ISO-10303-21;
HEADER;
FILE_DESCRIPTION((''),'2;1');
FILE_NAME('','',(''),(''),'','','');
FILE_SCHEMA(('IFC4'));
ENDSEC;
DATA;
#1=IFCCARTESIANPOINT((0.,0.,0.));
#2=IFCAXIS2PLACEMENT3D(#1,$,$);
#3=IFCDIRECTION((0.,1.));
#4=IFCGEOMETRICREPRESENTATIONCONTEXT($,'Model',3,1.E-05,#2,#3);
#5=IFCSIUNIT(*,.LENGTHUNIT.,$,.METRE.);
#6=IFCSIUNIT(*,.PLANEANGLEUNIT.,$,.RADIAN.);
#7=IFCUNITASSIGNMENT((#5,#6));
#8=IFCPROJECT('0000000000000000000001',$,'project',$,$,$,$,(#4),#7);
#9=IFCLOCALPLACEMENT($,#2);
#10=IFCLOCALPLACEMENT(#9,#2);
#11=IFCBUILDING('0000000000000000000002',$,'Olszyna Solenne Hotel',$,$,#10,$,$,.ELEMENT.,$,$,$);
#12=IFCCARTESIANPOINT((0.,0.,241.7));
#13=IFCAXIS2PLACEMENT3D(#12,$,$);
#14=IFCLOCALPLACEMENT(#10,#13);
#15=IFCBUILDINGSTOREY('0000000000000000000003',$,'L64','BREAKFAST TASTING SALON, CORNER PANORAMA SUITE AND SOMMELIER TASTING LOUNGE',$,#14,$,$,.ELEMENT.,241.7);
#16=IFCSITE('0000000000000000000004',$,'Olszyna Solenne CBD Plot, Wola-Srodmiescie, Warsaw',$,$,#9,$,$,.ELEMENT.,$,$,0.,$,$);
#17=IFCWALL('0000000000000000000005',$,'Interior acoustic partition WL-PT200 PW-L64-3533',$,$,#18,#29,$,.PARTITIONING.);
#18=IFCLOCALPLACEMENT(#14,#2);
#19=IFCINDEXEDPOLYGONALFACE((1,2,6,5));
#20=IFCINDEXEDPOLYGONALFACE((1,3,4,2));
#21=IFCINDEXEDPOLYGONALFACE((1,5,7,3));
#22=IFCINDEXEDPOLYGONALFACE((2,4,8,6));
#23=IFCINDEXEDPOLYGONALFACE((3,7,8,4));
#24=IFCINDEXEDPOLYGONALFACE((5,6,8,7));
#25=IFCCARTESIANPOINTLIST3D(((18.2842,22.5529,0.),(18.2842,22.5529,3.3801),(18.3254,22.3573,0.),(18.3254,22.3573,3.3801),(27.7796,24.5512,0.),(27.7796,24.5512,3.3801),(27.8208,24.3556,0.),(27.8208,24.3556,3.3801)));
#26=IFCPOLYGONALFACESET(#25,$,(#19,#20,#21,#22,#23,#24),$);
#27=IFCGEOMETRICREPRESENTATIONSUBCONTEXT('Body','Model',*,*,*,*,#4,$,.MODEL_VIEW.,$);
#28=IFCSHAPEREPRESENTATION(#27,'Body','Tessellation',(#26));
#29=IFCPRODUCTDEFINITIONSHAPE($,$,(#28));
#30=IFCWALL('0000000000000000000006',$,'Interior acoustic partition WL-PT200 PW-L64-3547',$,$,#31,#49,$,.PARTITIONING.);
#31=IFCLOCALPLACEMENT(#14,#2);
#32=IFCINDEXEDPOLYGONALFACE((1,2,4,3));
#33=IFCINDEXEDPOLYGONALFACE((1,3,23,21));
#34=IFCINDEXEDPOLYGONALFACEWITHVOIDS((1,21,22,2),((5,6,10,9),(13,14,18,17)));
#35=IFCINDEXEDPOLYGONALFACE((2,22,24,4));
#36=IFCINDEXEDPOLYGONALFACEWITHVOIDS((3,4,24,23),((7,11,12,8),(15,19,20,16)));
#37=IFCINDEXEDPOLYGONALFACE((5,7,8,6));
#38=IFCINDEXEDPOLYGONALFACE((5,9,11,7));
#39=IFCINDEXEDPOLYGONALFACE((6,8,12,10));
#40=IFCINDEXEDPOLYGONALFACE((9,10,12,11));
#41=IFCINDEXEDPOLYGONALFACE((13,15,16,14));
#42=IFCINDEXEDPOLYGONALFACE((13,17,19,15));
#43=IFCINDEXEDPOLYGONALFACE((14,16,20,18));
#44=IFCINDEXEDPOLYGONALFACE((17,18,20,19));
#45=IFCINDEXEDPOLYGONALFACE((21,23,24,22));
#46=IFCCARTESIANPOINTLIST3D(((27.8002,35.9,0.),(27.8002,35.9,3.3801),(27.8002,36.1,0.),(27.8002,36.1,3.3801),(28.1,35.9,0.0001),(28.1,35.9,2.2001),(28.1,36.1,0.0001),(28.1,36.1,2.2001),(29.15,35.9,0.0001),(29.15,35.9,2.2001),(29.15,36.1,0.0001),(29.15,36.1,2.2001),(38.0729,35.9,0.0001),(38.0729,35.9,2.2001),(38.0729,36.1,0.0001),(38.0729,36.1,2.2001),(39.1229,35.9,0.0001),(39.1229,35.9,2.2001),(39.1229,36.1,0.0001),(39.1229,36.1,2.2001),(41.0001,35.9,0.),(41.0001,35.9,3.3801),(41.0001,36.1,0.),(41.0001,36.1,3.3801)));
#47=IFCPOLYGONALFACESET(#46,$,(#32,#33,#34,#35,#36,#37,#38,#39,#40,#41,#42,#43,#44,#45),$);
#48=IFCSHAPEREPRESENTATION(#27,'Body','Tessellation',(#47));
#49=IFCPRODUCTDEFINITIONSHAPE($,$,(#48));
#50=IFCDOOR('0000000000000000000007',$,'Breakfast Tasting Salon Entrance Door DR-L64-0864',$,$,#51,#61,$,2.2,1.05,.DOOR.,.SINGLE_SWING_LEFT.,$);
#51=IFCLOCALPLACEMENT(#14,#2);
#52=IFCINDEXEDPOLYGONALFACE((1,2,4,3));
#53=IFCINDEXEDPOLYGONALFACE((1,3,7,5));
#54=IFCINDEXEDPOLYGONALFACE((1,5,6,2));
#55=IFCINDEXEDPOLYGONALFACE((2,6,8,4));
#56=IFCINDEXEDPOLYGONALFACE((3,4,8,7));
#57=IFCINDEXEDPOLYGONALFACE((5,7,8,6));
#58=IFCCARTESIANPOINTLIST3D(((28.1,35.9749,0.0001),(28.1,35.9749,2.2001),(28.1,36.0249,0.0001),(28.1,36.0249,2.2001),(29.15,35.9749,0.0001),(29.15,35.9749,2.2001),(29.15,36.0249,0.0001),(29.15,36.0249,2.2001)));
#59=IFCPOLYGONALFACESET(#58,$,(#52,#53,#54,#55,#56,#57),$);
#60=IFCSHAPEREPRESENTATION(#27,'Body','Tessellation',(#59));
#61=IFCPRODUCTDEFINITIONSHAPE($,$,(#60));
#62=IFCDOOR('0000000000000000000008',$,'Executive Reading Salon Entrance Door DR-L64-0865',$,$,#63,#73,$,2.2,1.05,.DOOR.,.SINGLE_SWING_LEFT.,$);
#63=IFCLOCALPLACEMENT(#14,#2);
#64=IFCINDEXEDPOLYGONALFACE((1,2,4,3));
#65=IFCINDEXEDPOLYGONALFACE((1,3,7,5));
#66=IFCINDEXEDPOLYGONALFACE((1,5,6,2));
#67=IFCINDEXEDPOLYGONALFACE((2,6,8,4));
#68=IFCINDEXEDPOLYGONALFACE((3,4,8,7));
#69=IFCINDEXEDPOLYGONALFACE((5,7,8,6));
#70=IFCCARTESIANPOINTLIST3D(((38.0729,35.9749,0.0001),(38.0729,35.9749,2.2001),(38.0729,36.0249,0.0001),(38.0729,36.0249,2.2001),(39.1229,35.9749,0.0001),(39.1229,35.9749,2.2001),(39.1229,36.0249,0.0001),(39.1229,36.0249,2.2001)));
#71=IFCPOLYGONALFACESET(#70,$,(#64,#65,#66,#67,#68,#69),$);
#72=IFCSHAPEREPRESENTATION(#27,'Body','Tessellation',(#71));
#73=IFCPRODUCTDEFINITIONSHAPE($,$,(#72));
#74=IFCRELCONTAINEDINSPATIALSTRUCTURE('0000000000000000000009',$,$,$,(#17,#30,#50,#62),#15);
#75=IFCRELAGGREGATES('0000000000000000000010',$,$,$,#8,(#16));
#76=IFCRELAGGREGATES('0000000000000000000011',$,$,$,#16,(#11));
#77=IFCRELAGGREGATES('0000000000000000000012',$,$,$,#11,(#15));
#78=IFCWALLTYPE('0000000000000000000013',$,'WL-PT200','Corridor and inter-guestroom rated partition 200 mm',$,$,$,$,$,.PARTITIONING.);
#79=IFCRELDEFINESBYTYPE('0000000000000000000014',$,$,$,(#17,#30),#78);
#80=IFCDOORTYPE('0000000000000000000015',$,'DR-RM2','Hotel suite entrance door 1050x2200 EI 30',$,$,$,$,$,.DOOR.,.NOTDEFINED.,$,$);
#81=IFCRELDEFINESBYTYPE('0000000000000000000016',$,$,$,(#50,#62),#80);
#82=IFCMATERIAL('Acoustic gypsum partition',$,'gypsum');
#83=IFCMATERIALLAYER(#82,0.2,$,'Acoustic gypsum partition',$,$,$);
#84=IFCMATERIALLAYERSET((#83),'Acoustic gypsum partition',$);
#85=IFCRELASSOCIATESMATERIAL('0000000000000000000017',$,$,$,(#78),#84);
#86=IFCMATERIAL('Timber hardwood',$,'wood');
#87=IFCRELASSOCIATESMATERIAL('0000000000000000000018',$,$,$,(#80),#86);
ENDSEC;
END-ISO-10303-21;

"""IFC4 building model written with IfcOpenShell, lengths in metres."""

from ifc_helpers import new_model, si_unit, direction, frame, frame_2d, origin, place, context, subcontext, project, spatial, rectangle, extrude, source, transform, mapped, material, layer, layer_set, type_object, type_shapes, element, fill, save


model = new_model("IFC4")

# Units and contexts
model_context = context("Model", 3, precision=1e-05, world=origin(), true_north=direction((0.0, 1.0)))
body_context = subcontext(model_context, "Body", "Model", "MODEL_VIEW")
ifc_project = project(units=[si_unit("LENGTHUNIT", "METRE"), si_unit("PLANEANGLEUNIT", "RADIAN")], contexts=[model_context])

# Site, building, storey
site_placement = place(None, origin())
site = spatial("IfcSite", under=ifc_project, at=site_placement, Name="Olszyna Solenne CBD Plot, Wola-Srodmiescie, Warsaw", CompositionType="ELEMENT", RefElevation=0.0)
building_placement = place(site_placement, origin())
building = spatial("IfcBuilding", under=site, at=building_placement, Name="Olszyna Solenne Hotel", CompositionType="ELEMENT")
storey_placement = place(building_placement, frame((0.0, 0.0, 241.7)))
storey = spatial("IfcBuildingStorey", under=building, at=storey_placement, Name="L64", Description="BREAKFAST TASTING SALON, CORNER PANORAMA SUITE AND SOMMELIER TASTING LOUNGE", CompositionType="ELEMENT", Elevation=241.7)

# Wall
ifc_material_1 = material(Name="Acoustic gypsum partition", Category="gypsum")
ifc_layer_1 = layer(ifc_material_1, 0.2, Name="Acoustic gypsum partition")
ifc_layer_set_1 = layer_set([ifc_layer_1], Name="Acoustic gypsum partition")
wall_type_1 = type_object("IfcWallType", Name="WL-PT200", Description="Corridor and inter-guestroom rated partition 200 mm", PredefinedType="PARTITIONING", material=ifc_layer_set_1)
wall_1_placement = place(storey_placement, frame((27.8, 24.4534, 0.0), z_axis=(0.0, 0.0, 1.0), x_axis=(-0.978565, -0.205938, 0.0)))
element("IfcWall", 1, at=wall_1_placement, inside=storey, type_object=wall_type_1, Name="Interior acoustic partition WL-PT200 PW-L64-3533", PredefinedType="PARTITIONING", context=body_context, shape_type="SweptSolid", body=[
    extrude(rectangle(XDim=9.7034, YDim=0.2, at=frame_2d((4.8516, 0.0))), origin(), (0.0, 0.0, 1.0), 3.3801),
])

# Wall, openings, doors
wall_2_placement = place(storey_placement, frame((27.8, 36.0, 0.0), z_axis=(0.0, 0.0, 1.0), x_axis=(1.0, 0.0, 0.0)))
wall_2 = element("IfcWall", 2, at=wall_2_placement, inside=storey, type_object=wall_type_1, Name="Interior acoustic partition WL-PT200 PW-L64-3547", PredefinedType="PARTITIONING", context=body_context, shape_type="SweptSolid", body=[
    extrude(rectangle(XDim=13.2, YDim=0.2, at=frame_2d((6.6001, 0.0))), origin(), (0.0, 0.0, 1.0), 3.3801),
])
opening_1_placement = place(wall_2_placement, frame((0.3, 0.0, 0.0)))
opening_1 = element("IfcOpeningElement", 3, at=opening_1_placement, cuts=wall_2, PredefinedType="OPENING", context=body_context, shape_type="SweptSolid", body=[
    extrude(rectangle(XDim=1.05, YDim=2.2, at=frame_2d((0.5249, 1.1001))), frame((0.0, 0.1099, 0.0), z_axis=(0.0, -1.0, 0.0), x_axis=(1.0, 0.0, 0.0)), (0.0, 0.0, 1.0), 0.22),
])
opening_2_placement = place(wall_2_placement, frame((10.2729, 0.0, 0.0)))
opening_2 = element("IfcOpeningElement", 4, at=opening_2_placement, cuts=wall_2, PredefinedType="OPENING", context=body_context, shape_type="SweptSolid", body=[
    extrude(rectangle(XDim=1.05, YDim=2.2, at=frame_2d((0.5249, 1.1001))), frame((0.0, 0.1099, 0.0), z_axis=(0.0, -1.0, 0.0), x_axis=(1.0, 0.0, 0.0)), (0.0, 0.0, 1.0), 0.22),
])
ifc_material_2 = material(Name="Timber hardwood", Category="wood")
door_type_1 = type_object("IfcDoorType", Name="DR-RM2", Description="Hotel suite entrance door 1050x2200 EI 30", OperationType="NOTDEFINED", PredefinedType="DOOR", material=ifc_material_2)
shared_shape_1 = source(origin(), body_context, "Body", "SweptSolid", [
    extrude(rectangle(XDim=1.05, YDim=2.2, at=frame_2d((0.5249, 1.1001))), frame((0.0, 0.0249, 0.0), z_axis=(0.0, -1.0, 0.0), x_axis=(1.0, 0.0, 0.0)), (0.0, 0.0, 1.0), 0.05),
])
type_shapes(door_type_1, [shared_shape_1])
door_1_placement = place(opening_1_placement, origin())
door_1 = element("IfcDoor", 5, at=door_1_placement, inside=storey, type_object=door_type_1, Name="Breakfast Tasting Salon Entrance Door DR-L64-0864", OperationType="SINGLE_SWING_LEFT", OverallHeight=2.2, OverallWidth=1.05, PredefinedType="DOOR", context=body_context, shape_type="MappedRepresentation", body=[
    mapped(shared_shape_1, transform((0.0, 0.0, 0.0), x_axis=(1.0, 0.0, 0.0), y_axis=(0.0, 1.0, 0.0), z_axis=(0.0, 0.0, 1.0), scale=1.0)),
])
fill(opening_1, door_1)
door_2_placement = place(opening_2_placement, origin())
door_2 = element("IfcDoor", 6, at=door_2_placement, inside=storey, type_object=door_type_1, Name="Executive Reading Salon Entrance Door DR-L64-0865", OperationType="SINGLE_SWING_LEFT", OverallHeight=2.2, OverallWidth=1.05, PredefinedType="DOOR", context=body_context, shape_type="MappedRepresentation", body=[
    mapped(shared_shape_1, transform((0.0, 0.0, 0.0), x_axis=(1.0, 0.0, 0.0), y_axis=(0.0, 1.0, 0.0), z_axis=(0.0, 0.0, 1.0), scale=1.0)),
])
fill(opening_2, door_2)

save(model, "model.ifc")
